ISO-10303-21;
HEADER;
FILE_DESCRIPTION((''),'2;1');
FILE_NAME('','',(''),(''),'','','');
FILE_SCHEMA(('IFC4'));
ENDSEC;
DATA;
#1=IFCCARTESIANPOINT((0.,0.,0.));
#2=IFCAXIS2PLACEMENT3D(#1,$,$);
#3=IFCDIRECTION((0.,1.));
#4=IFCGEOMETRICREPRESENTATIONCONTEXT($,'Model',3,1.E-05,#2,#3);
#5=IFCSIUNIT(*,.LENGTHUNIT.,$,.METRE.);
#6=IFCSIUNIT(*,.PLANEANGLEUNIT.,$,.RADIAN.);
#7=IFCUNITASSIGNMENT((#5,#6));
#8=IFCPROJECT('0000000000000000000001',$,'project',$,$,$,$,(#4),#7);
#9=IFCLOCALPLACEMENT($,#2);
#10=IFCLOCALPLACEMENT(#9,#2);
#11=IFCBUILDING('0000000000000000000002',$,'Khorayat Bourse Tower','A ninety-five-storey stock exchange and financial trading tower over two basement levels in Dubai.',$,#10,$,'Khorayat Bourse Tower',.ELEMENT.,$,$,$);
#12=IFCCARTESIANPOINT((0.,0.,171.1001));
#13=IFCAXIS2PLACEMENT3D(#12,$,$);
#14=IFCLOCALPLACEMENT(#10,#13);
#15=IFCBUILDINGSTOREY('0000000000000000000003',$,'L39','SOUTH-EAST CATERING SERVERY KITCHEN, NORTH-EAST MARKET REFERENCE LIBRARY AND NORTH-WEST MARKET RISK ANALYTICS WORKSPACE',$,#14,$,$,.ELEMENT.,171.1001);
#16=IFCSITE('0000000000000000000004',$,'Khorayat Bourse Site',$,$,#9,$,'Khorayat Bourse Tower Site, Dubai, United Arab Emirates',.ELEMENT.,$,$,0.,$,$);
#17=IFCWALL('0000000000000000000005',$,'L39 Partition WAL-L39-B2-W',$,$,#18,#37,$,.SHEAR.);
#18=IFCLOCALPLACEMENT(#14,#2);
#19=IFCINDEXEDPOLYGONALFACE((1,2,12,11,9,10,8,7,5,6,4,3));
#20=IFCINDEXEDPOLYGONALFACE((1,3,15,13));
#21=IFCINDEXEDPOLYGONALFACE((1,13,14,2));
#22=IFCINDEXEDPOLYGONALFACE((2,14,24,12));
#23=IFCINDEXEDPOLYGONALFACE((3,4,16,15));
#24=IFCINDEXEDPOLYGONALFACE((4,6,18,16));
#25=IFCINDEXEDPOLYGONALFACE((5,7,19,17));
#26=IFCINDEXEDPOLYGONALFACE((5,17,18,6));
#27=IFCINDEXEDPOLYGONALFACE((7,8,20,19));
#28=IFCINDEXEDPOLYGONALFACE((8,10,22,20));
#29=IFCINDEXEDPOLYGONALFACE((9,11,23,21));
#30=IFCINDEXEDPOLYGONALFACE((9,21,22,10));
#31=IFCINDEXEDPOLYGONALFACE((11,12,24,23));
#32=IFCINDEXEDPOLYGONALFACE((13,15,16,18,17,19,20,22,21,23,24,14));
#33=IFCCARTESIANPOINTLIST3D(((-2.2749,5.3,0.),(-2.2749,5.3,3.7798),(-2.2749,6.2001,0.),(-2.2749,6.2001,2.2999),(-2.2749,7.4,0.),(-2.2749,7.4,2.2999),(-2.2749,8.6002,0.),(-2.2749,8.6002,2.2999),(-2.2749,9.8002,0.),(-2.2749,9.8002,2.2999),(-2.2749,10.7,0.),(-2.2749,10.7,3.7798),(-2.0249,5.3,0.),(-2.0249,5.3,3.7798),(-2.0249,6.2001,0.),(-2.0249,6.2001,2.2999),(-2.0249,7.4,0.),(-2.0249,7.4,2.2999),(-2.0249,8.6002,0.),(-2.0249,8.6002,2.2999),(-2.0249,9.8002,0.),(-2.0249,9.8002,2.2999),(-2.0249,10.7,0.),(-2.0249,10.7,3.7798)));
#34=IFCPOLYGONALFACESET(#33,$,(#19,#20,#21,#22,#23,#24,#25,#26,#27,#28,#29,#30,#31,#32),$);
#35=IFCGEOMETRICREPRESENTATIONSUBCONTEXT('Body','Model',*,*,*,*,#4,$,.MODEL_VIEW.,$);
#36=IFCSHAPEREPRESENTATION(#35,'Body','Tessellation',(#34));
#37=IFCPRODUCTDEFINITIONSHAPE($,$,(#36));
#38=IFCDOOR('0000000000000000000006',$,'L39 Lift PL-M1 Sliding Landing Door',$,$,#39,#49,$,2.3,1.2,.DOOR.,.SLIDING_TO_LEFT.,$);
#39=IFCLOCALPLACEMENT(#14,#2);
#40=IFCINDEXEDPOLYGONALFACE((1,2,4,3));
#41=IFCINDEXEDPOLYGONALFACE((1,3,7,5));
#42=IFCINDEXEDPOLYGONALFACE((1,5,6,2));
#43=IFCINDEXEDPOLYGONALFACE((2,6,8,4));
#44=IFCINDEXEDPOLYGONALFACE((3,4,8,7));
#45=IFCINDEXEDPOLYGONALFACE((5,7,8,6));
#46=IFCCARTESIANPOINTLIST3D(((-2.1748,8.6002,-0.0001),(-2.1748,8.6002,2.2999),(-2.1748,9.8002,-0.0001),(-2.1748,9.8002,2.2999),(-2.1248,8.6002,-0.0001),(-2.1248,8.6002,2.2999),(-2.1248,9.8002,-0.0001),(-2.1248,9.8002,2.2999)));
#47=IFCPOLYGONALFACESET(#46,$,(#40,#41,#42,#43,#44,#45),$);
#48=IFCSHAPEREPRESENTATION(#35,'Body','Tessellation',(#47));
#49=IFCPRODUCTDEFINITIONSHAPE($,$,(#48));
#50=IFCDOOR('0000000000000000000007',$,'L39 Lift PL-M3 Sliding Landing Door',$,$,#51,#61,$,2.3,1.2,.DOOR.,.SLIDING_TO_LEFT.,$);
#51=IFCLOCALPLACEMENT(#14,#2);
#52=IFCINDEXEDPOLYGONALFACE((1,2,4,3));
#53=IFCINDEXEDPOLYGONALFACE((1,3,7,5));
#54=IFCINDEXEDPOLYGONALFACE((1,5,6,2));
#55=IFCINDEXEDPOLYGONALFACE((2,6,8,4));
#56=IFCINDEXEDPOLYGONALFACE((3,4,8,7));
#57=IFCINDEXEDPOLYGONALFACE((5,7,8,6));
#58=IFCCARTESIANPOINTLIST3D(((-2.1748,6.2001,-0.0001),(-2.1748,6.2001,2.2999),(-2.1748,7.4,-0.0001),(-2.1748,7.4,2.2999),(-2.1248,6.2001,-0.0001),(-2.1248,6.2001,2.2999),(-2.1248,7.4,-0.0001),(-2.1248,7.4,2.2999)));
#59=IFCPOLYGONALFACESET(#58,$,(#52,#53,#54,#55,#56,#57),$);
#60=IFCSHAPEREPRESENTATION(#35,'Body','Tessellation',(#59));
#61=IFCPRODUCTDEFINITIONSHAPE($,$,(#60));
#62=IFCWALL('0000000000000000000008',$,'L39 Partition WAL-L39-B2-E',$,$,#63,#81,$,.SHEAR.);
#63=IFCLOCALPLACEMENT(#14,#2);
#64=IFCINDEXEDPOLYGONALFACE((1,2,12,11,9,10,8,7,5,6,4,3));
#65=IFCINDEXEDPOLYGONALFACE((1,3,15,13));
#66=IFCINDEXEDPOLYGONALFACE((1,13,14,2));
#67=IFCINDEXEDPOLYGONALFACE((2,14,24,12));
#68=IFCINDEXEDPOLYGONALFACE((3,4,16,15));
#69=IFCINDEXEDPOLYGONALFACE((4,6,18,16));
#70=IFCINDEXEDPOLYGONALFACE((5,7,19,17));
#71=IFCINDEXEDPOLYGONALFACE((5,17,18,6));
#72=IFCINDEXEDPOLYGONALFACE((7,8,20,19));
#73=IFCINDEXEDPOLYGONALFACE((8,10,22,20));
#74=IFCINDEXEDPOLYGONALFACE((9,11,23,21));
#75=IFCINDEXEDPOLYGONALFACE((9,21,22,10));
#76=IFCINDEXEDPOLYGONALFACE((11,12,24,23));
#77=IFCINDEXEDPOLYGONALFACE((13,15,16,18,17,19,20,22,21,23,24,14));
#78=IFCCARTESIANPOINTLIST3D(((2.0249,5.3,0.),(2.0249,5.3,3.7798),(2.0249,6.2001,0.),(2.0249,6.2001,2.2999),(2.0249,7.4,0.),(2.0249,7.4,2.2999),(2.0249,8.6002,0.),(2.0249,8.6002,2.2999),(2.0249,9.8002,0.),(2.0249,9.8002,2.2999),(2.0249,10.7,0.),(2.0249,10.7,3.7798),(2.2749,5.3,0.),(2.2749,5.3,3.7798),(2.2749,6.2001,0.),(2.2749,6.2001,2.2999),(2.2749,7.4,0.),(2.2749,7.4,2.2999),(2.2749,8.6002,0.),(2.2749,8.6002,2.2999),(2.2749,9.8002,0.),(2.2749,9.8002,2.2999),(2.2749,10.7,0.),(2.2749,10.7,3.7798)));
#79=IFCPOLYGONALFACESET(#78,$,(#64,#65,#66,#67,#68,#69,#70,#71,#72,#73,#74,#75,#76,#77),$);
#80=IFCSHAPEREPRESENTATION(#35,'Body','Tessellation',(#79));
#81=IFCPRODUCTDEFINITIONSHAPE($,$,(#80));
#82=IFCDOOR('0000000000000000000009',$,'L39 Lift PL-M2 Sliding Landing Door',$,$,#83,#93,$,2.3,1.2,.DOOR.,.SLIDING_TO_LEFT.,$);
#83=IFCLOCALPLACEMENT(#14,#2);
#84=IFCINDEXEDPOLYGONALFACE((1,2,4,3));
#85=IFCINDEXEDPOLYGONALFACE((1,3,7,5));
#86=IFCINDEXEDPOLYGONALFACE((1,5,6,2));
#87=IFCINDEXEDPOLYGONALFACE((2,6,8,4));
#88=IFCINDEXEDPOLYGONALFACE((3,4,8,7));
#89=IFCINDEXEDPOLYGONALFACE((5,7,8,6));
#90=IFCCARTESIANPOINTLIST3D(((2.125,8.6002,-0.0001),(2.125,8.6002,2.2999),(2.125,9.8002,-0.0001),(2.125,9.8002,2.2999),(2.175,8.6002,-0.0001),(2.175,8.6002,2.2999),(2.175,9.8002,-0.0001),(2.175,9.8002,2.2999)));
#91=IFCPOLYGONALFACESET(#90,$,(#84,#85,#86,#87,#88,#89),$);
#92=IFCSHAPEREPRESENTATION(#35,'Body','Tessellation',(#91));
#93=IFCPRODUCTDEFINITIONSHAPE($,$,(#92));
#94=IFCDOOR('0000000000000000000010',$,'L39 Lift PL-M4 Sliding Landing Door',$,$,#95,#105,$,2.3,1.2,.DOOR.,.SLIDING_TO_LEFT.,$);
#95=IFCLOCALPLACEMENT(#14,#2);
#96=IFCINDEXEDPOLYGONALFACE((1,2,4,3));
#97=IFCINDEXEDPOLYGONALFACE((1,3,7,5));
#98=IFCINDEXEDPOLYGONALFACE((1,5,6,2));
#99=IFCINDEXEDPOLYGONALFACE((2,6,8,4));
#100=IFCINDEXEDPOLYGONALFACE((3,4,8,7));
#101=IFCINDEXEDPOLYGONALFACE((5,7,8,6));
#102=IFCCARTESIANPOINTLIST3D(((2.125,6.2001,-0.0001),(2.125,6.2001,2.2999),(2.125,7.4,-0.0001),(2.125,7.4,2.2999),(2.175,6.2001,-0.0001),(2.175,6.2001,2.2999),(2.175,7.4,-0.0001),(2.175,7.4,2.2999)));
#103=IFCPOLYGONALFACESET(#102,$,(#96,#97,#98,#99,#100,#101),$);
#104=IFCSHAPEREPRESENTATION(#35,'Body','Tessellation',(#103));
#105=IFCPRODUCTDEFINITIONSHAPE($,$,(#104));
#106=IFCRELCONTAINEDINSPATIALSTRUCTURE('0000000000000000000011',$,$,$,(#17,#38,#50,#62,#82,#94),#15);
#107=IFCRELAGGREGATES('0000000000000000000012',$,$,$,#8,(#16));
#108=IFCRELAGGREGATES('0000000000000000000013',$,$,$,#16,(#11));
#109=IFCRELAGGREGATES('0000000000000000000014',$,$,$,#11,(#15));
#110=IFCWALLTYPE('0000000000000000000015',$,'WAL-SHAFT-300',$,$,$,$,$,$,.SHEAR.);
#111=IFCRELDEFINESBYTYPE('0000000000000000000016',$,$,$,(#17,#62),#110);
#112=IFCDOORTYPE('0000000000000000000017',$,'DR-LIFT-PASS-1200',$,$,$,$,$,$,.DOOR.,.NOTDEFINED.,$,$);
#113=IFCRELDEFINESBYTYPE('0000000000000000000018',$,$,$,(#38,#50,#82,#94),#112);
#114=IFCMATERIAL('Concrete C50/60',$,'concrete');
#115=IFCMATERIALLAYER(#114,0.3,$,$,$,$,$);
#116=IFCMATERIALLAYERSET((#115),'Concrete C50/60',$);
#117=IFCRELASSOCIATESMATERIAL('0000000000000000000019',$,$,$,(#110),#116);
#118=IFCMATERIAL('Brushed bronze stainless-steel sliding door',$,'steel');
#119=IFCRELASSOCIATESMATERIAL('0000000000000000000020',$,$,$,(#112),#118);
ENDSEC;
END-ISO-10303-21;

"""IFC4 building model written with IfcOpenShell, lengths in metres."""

from ifc_helpers import new_model, si_unit, direction, frame, frame_2d, origin, place, context, subcontext, project, spatial, rectangle, extrude, source, transform, mapped, material, layer, layer_set, type_object, element, fill, save


model = new_model("IFC4")

# Units and contexts
model_context = context("Model", 3, precision=1e-05, world=origin(), true_north=direction((0.0, 1.0)))
body_context = subcontext(model_context, "Body", "Model", "MODEL_VIEW")
ifc_project = project(units=[si_unit("LENGTHUNIT", "METRE"), si_unit("PLANEANGLEUNIT", "RADIAN")], contexts=[model_context])

# Site, building, storey
site_placement = place(None, origin())
site = spatial("IfcSite", under=ifc_project, at=site_placement, Name="Khorayat Bourse Site", LongName="Khorayat Bourse Tower Site, Dubai, United Arab Emirates", CompositionType="ELEMENT", RefElevation=0.0)
building_placement = place(site_placement, origin())
building = spatial("IfcBuilding", under=site, at=building_placement, Name="Khorayat Bourse Tower", Description="A ninety-five-storey stock exchange and financial trading tower over two basement levels in Dubai.", LongName="Khorayat Bourse Tower", CompositionType="ELEMENT")
storey_placement = place(building_placement, frame((0.0, 0.0, 171.1001)))
storey = spatial("IfcBuildingStorey", under=building, at=storey_placement, Name="L39", Description="SOUTH-EAST CATERING SERVERY KITCHEN, NORTH-EAST MARKET REFERENCE LIBRARY AND NORTH-WEST MARKET RISK ANALYTICS WORKSPACE", CompositionType="ELEMENT", Elevation=171.1001)

# Shared definitions
ifc_material_1 = material(Name="Concrete C50/60", Category="concrete")
ifc_layer_1 = layer(ifc_material_1, 0.3)
ifc_layer_set_1 = layer_set([ifc_layer_1], Name="Concrete C50/60")
wall_type_1 = type_object("IfcWallType", Name="WAL-SHAFT-300", PredefinedType="SHEAR", material=ifc_layer_set_1)

# Walls, openings, doors
shared_shape_1 = source(origin(), body_context, "Body", "SweptSolid", [
    extrude(rectangle(XDim=5.3999, YDim=0.25, at=frame_2d((2.7, 0.0))), origin(), (0.0, 0.0, 1.0), 3.7798),
])
wall_1_placement = place(storey_placement, frame((-2.1499, 5.3, 0.0), z_axis=(0.0, 0.0, 1.0), x_axis=(0.0, 1.0, 0.0)))
wall_1 = element("IfcWall", 1, at=wall_1_placement, inside=storey, type_object=wall_type_1, Name="L39 Partition WAL-L39-B2-W", PredefinedType="SHEAR", context=body_context, shape_type="MappedRepresentation", body=[
    mapped(shared_shape_1, transform((0.0, 0.0, 0.0), scale=1.0)),
])
shared_shape_2 = source(origin(), body_context, "Body", "SweptSolid", [
    extrude(rectangle(XDim=1.2, YDim=2.3, at=frame_2d((0.6001, 1.1499))), frame((0.0, 0.135, 0.0), z_axis=(0.0, -1.0, 0.0), x_axis=(1.0, 0.0, 0.0)), (0.0, 0.0, 1.0), 0.27),
])
opening_1_placement = place(wall_1_placement, frame((3.3, 0.0, 0.0)))
opening_1 = element("IfcOpeningElement", 2, at=opening_1_placement, cuts=wall_1, PredefinedType="OPENING", context=body_context, shape_type="MappedRepresentation", body=[
    mapped(shared_shape_2, transform((0.0, 0.0, 0.0), scale=1.0)),
])
opening_2_placement = place(wall_1_placement, frame((0.8999, 0.0, 0.0)))
opening_2 = element("IfcOpeningElement", 3, at=opening_2_placement, cuts=wall_1, PredefinedType="OPENING", context=body_context, shape_type="MappedRepresentation", body=[
    mapped(shared_shape_2, transform((0.0, 0.0, 0.0), scale=1.0)),
])
ifc_material_2 = material(Name="Brushed bronze stainless-steel sliding door", Category="steel")
door_type_1 = type_object("IfcDoorType", Name="DR-LIFT-PASS-1200", OperationType="NOTDEFINED", PredefinedType="DOOR", material=ifc_material_2)
shared_shape_3 = source(origin(), body_context, "Body", "SweptSolid", [
    extrude(rectangle(XDim=1.2, YDim=2.3, at=frame_2d((0.6001, 1.1499))), frame((0.0, 0.0249, 0.0), z_axis=(0.0, -1.0, 0.0), x_axis=(1.0, 0.0, 0.0)), (0.0, 0.0, 1.0), 0.05),
])
door_1_placement = place(opening_1_placement, origin())
door_1 = element("IfcDoor", 4, at=door_1_placement, inside=storey, type_object=door_type_1, Name="L39 Lift PL-M1 Sliding Landing Door", OperationType="SLIDING_TO_LEFT", OverallHeight=2.3, OverallWidth=1.2, PredefinedType="DOOR", context=body_context, shape_type="MappedRepresentation", body=[
    mapped(shared_shape_3, transform((0.0, 0.0, 0.0), scale=1.0)),
])
fill(opening_1, door_1)
door_2_placement = place(opening_2_placement, origin())
door_2 = element("IfcDoor", 5, at=door_2_placement, inside=storey, type_object=door_type_1, Name="L39 Lift PL-M3 Sliding Landing Door", OperationType="SLIDING_TO_LEFT", OverallHeight=2.3, OverallWidth=1.2, PredefinedType="DOOR", context=body_context, shape_type="MappedRepresentation", body=[
    mapped(shared_shape_3, transform((0.0, 0.0, 0.0), scale=1.0)),
])
fill(opening_2, door_2)
wall_2_placement = place(storey_placement, frame((2.1499, 5.3, 0.0), z_axis=(0.0, 0.0, 1.0), x_axis=(0.0, 1.0, 0.0)))
wall_2 = element("IfcWall", 6, at=wall_2_placement, inside=storey, type_object=wall_type_1, Name="L39 Partition WAL-L39-B2-E", PredefinedType="SHEAR", context=body_context, shape_type="MappedRepresentation", body=[
    mapped(shared_shape_1, transform((0.0, 0.0, 0.0), scale=1.0)),
])
opening_3_placement = place(wall_2_placement, frame((3.3, 0.0, 0.0)))
opening_3 = element("IfcOpeningElement", 7, at=opening_3_placement, cuts=wall_2, PredefinedType="OPENING", context=body_context, shape_type="MappedRepresentation", body=[
    mapped(shared_shape_2, transform((0.0, 0.0, 0.0), scale=1.0)),
])
opening_4_placement = place(wall_2_placement, frame((0.8999, 0.0, 0.0)))
opening_4 = element("IfcOpeningElement", 8, at=opening_4_placement, cuts=wall_2, PredefinedType="OPENING", context=body_context, shape_type="MappedRepresentation", body=[
    mapped(shared_shape_2, transform((0.0, 0.0, 0.0), scale=1.0)),
])
door_3_placement = place(opening_3_placement, origin())
door_3 = element("IfcDoor", 9, at=door_3_placement, inside=storey, type_object=door_type_1, Name="L39 Lift PL-M2 Sliding Landing Door", OperationType="SLIDING_TO_LEFT", OverallHeight=2.3, OverallWidth=1.2, PredefinedType="DOOR", context=body_context, shape_type="MappedRepresentation", body=[
    mapped(shared_shape_3, transform((0.0, 0.0, 0.0), scale=1.0)),
])
fill(opening_3, door_3)
door_4_placement = place(opening_4_placement, origin())
door_4 = element("IfcDoor", 10, at=door_4_placement, inside=storey, type_object=door_type_1, Name="L39 Lift PL-M4 Sliding Landing Door", OperationType="SLIDING_TO_LEFT", OverallHeight=2.3, OverallWidth=1.2, PredefinedType="DOOR", context=body_context, shape_type="MappedRepresentation", body=[
    mapped(shared_shape_3, transform((0.0, 0.0, 0.0), scale=1.0)),
])
fill(opening_4, door_4)

save(model, "model.ifc")
